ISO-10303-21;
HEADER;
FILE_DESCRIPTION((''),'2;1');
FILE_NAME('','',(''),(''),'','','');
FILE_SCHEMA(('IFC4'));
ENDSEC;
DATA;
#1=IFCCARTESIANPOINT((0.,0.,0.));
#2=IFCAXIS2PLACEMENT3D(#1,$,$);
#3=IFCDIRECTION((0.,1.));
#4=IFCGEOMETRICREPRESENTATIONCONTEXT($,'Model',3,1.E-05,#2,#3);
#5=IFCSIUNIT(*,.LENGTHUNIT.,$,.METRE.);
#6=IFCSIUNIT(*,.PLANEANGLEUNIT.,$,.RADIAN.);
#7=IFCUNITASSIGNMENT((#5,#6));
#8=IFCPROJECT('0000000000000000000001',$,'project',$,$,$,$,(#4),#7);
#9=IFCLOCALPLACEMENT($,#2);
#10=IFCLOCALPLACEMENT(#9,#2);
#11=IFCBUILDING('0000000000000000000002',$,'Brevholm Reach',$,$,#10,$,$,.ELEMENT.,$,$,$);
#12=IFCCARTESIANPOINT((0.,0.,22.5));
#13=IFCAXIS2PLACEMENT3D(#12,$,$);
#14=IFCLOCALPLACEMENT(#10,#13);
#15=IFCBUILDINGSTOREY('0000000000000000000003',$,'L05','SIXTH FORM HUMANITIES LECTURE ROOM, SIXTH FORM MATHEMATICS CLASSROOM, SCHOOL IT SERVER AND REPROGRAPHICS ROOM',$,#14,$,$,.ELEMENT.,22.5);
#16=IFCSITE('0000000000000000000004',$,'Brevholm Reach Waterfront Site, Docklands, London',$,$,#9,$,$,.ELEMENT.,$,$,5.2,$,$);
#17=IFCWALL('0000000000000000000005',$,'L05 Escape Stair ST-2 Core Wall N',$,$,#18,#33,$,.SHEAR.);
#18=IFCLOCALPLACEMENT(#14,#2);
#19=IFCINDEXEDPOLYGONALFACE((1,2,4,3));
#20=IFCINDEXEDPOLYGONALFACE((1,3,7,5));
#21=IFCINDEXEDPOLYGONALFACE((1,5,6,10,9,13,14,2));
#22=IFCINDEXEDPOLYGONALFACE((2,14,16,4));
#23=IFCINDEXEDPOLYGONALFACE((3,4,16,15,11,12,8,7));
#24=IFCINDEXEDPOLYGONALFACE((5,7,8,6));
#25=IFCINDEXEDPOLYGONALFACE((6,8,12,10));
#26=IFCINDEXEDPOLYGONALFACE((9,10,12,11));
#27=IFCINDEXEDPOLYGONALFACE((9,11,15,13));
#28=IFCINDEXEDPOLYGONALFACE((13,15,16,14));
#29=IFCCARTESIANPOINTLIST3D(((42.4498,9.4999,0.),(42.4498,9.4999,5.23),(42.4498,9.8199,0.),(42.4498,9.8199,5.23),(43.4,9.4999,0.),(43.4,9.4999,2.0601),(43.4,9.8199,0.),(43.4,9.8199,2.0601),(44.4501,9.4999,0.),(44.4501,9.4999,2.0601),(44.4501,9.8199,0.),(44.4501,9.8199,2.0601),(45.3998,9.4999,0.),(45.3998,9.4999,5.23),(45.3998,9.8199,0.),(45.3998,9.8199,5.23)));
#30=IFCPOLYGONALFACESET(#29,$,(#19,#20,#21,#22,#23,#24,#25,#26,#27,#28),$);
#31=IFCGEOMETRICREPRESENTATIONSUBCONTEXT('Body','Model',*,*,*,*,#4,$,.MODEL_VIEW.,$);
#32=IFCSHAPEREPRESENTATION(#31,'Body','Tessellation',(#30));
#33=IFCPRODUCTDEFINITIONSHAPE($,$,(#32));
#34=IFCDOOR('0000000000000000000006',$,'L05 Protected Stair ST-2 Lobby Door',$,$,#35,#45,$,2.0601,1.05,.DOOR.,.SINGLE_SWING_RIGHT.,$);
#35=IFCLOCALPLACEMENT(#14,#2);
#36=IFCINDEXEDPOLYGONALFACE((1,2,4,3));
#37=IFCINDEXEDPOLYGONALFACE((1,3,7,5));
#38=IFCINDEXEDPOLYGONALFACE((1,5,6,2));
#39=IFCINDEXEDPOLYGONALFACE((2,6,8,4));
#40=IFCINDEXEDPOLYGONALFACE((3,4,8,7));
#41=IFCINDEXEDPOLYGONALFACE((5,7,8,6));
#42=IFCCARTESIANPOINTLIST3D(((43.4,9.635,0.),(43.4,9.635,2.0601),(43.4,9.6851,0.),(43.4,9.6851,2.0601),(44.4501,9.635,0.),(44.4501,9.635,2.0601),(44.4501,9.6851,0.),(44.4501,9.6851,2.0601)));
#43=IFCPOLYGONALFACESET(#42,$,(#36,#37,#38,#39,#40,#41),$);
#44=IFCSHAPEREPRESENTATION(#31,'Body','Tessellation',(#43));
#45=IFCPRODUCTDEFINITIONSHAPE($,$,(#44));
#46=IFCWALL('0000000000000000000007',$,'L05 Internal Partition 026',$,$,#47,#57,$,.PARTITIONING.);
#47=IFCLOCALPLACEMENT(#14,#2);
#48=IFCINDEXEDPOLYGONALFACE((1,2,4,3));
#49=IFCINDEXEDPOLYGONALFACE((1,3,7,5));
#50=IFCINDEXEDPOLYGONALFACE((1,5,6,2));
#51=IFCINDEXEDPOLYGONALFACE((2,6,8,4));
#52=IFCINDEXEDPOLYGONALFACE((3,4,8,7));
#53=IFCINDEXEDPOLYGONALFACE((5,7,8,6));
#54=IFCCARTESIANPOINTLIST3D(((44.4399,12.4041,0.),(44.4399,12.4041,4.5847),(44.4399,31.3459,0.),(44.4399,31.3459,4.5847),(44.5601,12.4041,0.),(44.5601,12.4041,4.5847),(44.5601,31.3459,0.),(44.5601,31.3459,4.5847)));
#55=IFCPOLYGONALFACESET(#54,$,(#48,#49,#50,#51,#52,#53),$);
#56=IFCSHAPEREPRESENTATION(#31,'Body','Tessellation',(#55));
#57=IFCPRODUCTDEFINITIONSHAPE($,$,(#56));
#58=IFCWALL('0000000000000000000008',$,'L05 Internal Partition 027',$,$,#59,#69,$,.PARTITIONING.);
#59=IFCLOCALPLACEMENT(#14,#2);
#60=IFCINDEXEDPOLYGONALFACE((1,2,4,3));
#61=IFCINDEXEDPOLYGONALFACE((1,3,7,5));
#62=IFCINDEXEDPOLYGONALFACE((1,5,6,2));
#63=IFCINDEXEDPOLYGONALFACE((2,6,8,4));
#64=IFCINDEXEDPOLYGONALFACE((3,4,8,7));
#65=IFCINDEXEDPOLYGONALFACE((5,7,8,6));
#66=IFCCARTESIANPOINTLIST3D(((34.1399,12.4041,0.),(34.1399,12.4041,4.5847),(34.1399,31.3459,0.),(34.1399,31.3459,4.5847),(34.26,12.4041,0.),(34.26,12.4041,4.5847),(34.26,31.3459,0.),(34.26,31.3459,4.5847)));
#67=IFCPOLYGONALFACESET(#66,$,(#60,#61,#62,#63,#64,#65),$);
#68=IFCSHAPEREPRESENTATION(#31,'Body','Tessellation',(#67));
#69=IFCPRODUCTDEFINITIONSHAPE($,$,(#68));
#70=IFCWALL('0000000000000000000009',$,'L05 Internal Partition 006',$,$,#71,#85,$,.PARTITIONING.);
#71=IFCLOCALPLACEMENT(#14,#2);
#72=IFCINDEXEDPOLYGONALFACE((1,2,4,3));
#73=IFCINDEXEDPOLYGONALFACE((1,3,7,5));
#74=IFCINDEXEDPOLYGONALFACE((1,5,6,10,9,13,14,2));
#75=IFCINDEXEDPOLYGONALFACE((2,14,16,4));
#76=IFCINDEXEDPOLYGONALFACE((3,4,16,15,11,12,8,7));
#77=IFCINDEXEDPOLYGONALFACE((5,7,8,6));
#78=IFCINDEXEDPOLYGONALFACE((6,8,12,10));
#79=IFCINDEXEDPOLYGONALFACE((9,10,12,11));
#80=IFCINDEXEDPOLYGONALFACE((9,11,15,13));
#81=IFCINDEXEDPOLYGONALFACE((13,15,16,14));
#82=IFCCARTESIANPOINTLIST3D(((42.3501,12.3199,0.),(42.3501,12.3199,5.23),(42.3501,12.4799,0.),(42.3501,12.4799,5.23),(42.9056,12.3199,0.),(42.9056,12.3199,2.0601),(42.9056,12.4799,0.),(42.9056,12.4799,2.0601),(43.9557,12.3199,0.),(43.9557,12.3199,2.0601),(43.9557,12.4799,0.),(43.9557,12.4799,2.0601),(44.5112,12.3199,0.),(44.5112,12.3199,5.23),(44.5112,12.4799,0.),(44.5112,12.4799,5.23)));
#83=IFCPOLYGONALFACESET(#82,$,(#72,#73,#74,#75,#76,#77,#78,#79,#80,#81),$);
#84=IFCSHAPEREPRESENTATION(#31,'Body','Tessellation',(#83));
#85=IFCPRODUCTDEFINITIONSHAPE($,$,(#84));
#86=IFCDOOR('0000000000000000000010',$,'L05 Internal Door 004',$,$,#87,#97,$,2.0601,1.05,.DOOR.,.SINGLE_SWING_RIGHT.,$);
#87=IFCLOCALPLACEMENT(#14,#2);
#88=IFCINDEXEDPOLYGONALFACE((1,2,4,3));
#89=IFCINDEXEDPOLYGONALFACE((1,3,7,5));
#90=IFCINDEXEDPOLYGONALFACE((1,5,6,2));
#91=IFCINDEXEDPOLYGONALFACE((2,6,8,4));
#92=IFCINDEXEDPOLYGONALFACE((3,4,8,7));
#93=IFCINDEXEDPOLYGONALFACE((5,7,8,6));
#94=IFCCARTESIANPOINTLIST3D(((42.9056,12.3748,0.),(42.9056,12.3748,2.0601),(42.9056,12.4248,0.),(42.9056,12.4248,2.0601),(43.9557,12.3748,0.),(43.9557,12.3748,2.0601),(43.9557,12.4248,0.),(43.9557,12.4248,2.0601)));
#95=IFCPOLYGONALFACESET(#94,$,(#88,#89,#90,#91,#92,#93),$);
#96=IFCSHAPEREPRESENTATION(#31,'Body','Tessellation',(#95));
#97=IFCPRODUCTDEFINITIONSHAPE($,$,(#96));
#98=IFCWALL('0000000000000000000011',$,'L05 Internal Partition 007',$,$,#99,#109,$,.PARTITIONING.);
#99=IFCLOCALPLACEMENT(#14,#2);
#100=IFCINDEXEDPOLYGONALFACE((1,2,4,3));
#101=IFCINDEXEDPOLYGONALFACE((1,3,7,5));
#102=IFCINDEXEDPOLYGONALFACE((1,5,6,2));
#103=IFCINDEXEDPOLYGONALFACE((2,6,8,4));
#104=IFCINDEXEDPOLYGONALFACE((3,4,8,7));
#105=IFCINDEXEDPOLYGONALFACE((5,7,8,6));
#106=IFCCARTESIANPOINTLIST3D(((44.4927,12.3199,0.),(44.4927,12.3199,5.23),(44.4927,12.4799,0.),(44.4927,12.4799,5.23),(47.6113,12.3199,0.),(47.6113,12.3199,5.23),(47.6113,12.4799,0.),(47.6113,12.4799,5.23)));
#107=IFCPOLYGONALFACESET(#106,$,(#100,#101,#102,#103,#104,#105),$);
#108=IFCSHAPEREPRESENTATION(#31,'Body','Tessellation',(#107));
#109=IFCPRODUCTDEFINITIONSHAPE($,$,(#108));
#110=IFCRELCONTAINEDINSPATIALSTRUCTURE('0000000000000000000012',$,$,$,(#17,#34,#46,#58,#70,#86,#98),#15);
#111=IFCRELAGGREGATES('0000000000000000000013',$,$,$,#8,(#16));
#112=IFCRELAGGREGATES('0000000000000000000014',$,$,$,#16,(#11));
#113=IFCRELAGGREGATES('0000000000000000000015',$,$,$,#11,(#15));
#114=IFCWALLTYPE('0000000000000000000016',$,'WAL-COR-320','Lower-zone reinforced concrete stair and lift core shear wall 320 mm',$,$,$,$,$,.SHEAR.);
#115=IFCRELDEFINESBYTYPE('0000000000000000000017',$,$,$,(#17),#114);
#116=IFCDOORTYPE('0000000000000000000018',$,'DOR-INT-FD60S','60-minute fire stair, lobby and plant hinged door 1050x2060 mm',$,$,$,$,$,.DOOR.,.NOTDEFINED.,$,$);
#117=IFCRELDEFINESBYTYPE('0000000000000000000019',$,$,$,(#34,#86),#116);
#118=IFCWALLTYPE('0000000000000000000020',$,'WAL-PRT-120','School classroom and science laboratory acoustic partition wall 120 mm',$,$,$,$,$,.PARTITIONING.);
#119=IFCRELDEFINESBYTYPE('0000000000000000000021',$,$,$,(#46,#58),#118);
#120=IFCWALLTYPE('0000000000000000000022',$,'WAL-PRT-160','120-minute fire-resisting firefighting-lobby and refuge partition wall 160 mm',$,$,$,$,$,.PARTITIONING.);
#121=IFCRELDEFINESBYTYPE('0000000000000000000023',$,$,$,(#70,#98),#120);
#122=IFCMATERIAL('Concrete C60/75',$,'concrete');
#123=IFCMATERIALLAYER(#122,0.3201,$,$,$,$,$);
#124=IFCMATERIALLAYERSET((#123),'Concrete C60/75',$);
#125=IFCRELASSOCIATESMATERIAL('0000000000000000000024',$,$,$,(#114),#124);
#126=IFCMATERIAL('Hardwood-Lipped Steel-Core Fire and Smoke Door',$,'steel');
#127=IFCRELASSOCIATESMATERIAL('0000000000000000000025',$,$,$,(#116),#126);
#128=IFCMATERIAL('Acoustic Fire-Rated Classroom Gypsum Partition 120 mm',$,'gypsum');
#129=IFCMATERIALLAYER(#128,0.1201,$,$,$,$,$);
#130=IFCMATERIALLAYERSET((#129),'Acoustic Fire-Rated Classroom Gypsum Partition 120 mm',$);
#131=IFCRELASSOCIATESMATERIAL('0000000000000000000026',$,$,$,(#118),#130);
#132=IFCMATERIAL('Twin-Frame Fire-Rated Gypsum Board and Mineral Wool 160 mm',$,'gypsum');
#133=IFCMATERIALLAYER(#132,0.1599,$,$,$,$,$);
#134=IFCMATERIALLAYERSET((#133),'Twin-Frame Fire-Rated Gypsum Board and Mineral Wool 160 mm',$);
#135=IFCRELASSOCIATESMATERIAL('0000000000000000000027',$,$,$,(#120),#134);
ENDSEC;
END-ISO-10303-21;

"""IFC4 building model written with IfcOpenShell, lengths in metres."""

from ifc_helpers import new_model, si_unit, direction, frame, frame_2d, origin, place, context, subcontext, project, spatial, rectangle, extrude, material, layer, layer_set, type_object, element, fill, save


model = new_model("IFC4")

# Units and contexts
model_context = context("Model", 3, precision=1e-05, world=origin(), true_north=direction((0.0, 1.0)))
body_context = subcontext(model_context, "Body", "Model", "MODEL_VIEW")
ifc_project = project(units=[si_unit("LENGTHUNIT", "METRE"), si_unit("PLANEANGLEUNIT", "RADIAN")], contexts=[model_context])

# Site, building, storey
site_placement = place(None, origin())
site = spatial("IfcSite", under=ifc_project, at=site_placement, Name="Brevholm Reach Waterfront Site, Docklands, London", CompositionType="ELEMENT", RefElevation=5.2)
building_placement = place(site_placement, origin())
building = spatial("IfcBuilding", under=site, at=building_placement, Name="Brevholm Reach", CompositionType="ELEMENT")
storey_placement = place(building_placement, frame((0.0, 0.0, 22.5)))
storey = spatial("IfcBuildingStorey", under=building, at=storey_placement, Name="L05", Description="SIXTH FORM HUMANITIES LECTURE ROOM, SIXTH FORM MATHEMATICS CLASSROOM, SCHOOL IT SERVER AND REPROGRAPHICS ROOM", CompositionType="ELEMENT", Elevation=22.5)

# Wall, opening, door
ifc_material_1 = material(Name="Concrete C60/75", Category="concrete")
ifc_layer_1 = layer(ifc_material_1, 0.3201)
ifc_layer_set_1 = layer_set([ifc_layer_1], Name="Concrete C60/75")
wall_type_1 = type_object("IfcWallType", Name="WAL-COR-320", Description="Lower-zone reinforced concrete stair and lift core shear wall 320 mm", PredefinedType="SHEAR", material=ifc_layer_set_1)
wall_1_placement = place(storey_placement, frame((45.3999, 9.6599, 0.0), z_axis=(0.0, 0.0, 1.0), x_axis=(-1.0, 0.0, 0.0)))
wall_1 = element("IfcWall", 1, at=wall_1_placement, inside=storey, type_object=wall_type_1, Name="L05 Escape Stair ST-2 Core Wall N", PredefinedType="SHEAR", context=body_context, shape_type="SweptSolid", body=[
    extrude(rectangle(XDim=2.95, YDim=0.3201, at=frame_2d((1.4751, 0.0))), origin(), (0.0, 0.0, 1.0), 5.23),
])
opening_1_placement = place(wall_1_placement, frame((0.95, 0.0, 0.0)))
opening_1 = element("IfcOpeningElement", 2, at=opening_1_placement, cuts=wall_1, PredefinedType="OPENING", context=body_context, shape_type="SweptSolid", body=[
    extrude(rectangle(XDim=1.05, YDim=2.0601, at=frame_2d((0.5249, 1.03))), frame((0.0, 0.1699, 0.0), z_axis=(0.0, -1.0, 0.0), x_axis=(1.0, 0.0, 0.0)), (0.0, 0.0, 1.0), 0.3401),
])
ifc_material_2 = material(Name="Hardwood-Lipped Steel-Core Fire and Smoke Door", Category="steel")
door_type = type_object("IfcDoorType", Name="DOR-INT-FD60S", Description="60-minute fire stair, lobby and plant hinged door 1050x2060 mm", OperationType="NOTDEFINED", PredefinedType="DOOR", material=ifc_material_2)
door_1_placement = place(opening_1_placement, origin())
door_1 = element("IfcDoor", 3, at=door_1_placement, inside=storey, type_object=door_type, Name="L05 Protected Stair ST-2 Lobby Door", OperationType="SINGLE_SWING_RIGHT", OverallHeight=2.0601, OverallWidth=1.05, PredefinedType="DOOR", context=body_context, shape_type="SweptSolid", body=[
    extrude(rectangle(XDim=1.05, YDim=2.0601, at=frame_2d((0.5249, 1.03))), frame((0.0, 0.0249, 0.0), z_axis=(0.0, -1.0, 0.0), x_axis=(1.0, 0.0, 0.0)), (0.0, 0.0, 1.0), 0.05),
])
fill(opening_1, door_1)

# Walls
ifc_material_3 = material(Name="Acoustic Fire-Rated Classroom Gypsum Partition 120 mm", Category="gypsum")
ifc_layer_2 = layer(ifc_material_3, 0.1201)
ifc_layer_set_2 = layer_set([ifc_layer_2], Name="Acoustic Fire-Rated Classroom Gypsum Partition 120 mm")
wall_type_2 = type_object("IfcWallType", Name="WAL-PRT-120", Description="School classroom and science laboratory acoustic partition wall 120 mm", PredefinedType="PARTITIONING", material=ifc_layer_set_2)
for number, where, z_axis, x_axis, name in (
    (4, (44.5, 12.4041, 0.0), (0.0, 0.0, 1.0), (0.0, 1.0, 0.0), "L05 Internal Partition 026"),
    (5, (34.2, 12.4041, 0.0), (0.0, 0.0, 1.0), (0.0, 1.0, 0.0), "L05 Internal Partition 027"),
):
    element("IfcWall", number, at=place(storey_placement, frame(where, z_axis=z_axis, x_axis=x_axis)), inside=storey, type_object=wall_type_2, Name=name, PredefinedType="PARTITIONING", context=body_context, shape_type="SweptSolid", body=[
        extrude(rectangle(XDim=18.9419, YDim=0.1201, at=frame_2d((9.4709, 0.0))), origin(), (0.0, 0.0, 1.0), 4.5847),
    ])

# Wall, opening, door
ifc_material_4 = material(Name="Twin-Frame Fire-Rated Gypsum Board and Mineral Wool 160 mm", Category="gypsum")
ifc_layer_3 = layer(ifc_material_4, 0.1599)
ifc_layer_set_3 = layer_set([ifc_layer_3], Name="Twin-Frame Fire-Rated Gypsum Board and Mineral Wool 160 mm")
wall_type_3 = type_object("IfcWallType", Name="WAL-PRT-160", Description="120-minute fire-resisting firefighting-lobby and refuge partition wall 160 mm", PredefinedType="PARTITIONING", material=ifc_layer_set_3)
wall_2_placement = place(storey_placement, frame((42.3501, 12.3999, 0.0), z_axis=(0.0, 0.0, 1.0), x_axis=(1.0, 0.0, 0.0)))
wall_2 = element("IfcWall", 6, at=wall_2_placement, inside=storey, type_object=wall_type_3, Name="L05 Internal Partition 006", PredefinedType="PARTITIONING", context=body_context, shape_type="SweptSolid", body=[
    extrude(rectangle(XDim=2.1611, YDim=0.1599, at=frame_2d((1.0806, 0.0))), origin(), (0.0, 0.0, 1.0), 5.23),
])
opening_2_placement = place(wall_2_placement, frame((0.5557, 0.0, 0.0)))
opening_2 = element("IfcOpeningElement", 7, at=opening_2_placement, cuts=wall_2, PredefinedType="OPENING", context=body_context, shape_type="SweptSolid", body=[
    extrude(rectangle(XDim=1.05, YDim=2.0601, at=frame_2d((0.5249, 1.03))), frame((0.0, 0.0898, 0.0), z_axis=(0.0, -1.0, 0.0), x_axis=(1.0, 0.0, 0.0)), (0.0, 0.0, 1.0), 0.1799),
])
door_2_placement = place(opening_2_placement, origin())
door_2 = element("IfcDoor", 8, at=door_2_placement, inside=storey, type_object=door_type, Name="L05 Internal Door 004", OperationType="SINGLE_SWING_RIGHT", OverallHeight=2.0601, OverallWidth=1.05, PredefinedType="DOOR", context=body_context, shape_type="SweptSolid", body=[
    extrude(rectangle(XDim=1.05, YDim=2.0601, at=frame_2d((0.5249, 1.03))), frame((0.0, 0.0249, 0.0), z_axis=(0.0, -1.0, 0.0), x_axis=(1.0, 0.0, 0.0)), (0.0, 0.0, 1.0), 0.05),
])
fill(opening_2, door_2)

# Wall
wall_3_placement = place(storey_placement, frame((44.4927, 12.3999, 0.0), z_axis=(0.0, 0.0, 1.0), x_axis=(1.0, 0.0, 0.0)))
element("IfcWall", 9, at=wall_3_placement, inside=storey, type_object=wall_type_3, Name="L05 Internal Partition 007", PredefinedType="PARTITIONING", context=body_context, shape_type="SweptSolid", body=[
    extrude(rectangle(XDim=3.1187, YDim=0.1599, at=frame_2d((1.5593, 0.0))), origin(), (0.0, 0.0, 1.0), 5.23),
])

save(model, "model.ifc")
